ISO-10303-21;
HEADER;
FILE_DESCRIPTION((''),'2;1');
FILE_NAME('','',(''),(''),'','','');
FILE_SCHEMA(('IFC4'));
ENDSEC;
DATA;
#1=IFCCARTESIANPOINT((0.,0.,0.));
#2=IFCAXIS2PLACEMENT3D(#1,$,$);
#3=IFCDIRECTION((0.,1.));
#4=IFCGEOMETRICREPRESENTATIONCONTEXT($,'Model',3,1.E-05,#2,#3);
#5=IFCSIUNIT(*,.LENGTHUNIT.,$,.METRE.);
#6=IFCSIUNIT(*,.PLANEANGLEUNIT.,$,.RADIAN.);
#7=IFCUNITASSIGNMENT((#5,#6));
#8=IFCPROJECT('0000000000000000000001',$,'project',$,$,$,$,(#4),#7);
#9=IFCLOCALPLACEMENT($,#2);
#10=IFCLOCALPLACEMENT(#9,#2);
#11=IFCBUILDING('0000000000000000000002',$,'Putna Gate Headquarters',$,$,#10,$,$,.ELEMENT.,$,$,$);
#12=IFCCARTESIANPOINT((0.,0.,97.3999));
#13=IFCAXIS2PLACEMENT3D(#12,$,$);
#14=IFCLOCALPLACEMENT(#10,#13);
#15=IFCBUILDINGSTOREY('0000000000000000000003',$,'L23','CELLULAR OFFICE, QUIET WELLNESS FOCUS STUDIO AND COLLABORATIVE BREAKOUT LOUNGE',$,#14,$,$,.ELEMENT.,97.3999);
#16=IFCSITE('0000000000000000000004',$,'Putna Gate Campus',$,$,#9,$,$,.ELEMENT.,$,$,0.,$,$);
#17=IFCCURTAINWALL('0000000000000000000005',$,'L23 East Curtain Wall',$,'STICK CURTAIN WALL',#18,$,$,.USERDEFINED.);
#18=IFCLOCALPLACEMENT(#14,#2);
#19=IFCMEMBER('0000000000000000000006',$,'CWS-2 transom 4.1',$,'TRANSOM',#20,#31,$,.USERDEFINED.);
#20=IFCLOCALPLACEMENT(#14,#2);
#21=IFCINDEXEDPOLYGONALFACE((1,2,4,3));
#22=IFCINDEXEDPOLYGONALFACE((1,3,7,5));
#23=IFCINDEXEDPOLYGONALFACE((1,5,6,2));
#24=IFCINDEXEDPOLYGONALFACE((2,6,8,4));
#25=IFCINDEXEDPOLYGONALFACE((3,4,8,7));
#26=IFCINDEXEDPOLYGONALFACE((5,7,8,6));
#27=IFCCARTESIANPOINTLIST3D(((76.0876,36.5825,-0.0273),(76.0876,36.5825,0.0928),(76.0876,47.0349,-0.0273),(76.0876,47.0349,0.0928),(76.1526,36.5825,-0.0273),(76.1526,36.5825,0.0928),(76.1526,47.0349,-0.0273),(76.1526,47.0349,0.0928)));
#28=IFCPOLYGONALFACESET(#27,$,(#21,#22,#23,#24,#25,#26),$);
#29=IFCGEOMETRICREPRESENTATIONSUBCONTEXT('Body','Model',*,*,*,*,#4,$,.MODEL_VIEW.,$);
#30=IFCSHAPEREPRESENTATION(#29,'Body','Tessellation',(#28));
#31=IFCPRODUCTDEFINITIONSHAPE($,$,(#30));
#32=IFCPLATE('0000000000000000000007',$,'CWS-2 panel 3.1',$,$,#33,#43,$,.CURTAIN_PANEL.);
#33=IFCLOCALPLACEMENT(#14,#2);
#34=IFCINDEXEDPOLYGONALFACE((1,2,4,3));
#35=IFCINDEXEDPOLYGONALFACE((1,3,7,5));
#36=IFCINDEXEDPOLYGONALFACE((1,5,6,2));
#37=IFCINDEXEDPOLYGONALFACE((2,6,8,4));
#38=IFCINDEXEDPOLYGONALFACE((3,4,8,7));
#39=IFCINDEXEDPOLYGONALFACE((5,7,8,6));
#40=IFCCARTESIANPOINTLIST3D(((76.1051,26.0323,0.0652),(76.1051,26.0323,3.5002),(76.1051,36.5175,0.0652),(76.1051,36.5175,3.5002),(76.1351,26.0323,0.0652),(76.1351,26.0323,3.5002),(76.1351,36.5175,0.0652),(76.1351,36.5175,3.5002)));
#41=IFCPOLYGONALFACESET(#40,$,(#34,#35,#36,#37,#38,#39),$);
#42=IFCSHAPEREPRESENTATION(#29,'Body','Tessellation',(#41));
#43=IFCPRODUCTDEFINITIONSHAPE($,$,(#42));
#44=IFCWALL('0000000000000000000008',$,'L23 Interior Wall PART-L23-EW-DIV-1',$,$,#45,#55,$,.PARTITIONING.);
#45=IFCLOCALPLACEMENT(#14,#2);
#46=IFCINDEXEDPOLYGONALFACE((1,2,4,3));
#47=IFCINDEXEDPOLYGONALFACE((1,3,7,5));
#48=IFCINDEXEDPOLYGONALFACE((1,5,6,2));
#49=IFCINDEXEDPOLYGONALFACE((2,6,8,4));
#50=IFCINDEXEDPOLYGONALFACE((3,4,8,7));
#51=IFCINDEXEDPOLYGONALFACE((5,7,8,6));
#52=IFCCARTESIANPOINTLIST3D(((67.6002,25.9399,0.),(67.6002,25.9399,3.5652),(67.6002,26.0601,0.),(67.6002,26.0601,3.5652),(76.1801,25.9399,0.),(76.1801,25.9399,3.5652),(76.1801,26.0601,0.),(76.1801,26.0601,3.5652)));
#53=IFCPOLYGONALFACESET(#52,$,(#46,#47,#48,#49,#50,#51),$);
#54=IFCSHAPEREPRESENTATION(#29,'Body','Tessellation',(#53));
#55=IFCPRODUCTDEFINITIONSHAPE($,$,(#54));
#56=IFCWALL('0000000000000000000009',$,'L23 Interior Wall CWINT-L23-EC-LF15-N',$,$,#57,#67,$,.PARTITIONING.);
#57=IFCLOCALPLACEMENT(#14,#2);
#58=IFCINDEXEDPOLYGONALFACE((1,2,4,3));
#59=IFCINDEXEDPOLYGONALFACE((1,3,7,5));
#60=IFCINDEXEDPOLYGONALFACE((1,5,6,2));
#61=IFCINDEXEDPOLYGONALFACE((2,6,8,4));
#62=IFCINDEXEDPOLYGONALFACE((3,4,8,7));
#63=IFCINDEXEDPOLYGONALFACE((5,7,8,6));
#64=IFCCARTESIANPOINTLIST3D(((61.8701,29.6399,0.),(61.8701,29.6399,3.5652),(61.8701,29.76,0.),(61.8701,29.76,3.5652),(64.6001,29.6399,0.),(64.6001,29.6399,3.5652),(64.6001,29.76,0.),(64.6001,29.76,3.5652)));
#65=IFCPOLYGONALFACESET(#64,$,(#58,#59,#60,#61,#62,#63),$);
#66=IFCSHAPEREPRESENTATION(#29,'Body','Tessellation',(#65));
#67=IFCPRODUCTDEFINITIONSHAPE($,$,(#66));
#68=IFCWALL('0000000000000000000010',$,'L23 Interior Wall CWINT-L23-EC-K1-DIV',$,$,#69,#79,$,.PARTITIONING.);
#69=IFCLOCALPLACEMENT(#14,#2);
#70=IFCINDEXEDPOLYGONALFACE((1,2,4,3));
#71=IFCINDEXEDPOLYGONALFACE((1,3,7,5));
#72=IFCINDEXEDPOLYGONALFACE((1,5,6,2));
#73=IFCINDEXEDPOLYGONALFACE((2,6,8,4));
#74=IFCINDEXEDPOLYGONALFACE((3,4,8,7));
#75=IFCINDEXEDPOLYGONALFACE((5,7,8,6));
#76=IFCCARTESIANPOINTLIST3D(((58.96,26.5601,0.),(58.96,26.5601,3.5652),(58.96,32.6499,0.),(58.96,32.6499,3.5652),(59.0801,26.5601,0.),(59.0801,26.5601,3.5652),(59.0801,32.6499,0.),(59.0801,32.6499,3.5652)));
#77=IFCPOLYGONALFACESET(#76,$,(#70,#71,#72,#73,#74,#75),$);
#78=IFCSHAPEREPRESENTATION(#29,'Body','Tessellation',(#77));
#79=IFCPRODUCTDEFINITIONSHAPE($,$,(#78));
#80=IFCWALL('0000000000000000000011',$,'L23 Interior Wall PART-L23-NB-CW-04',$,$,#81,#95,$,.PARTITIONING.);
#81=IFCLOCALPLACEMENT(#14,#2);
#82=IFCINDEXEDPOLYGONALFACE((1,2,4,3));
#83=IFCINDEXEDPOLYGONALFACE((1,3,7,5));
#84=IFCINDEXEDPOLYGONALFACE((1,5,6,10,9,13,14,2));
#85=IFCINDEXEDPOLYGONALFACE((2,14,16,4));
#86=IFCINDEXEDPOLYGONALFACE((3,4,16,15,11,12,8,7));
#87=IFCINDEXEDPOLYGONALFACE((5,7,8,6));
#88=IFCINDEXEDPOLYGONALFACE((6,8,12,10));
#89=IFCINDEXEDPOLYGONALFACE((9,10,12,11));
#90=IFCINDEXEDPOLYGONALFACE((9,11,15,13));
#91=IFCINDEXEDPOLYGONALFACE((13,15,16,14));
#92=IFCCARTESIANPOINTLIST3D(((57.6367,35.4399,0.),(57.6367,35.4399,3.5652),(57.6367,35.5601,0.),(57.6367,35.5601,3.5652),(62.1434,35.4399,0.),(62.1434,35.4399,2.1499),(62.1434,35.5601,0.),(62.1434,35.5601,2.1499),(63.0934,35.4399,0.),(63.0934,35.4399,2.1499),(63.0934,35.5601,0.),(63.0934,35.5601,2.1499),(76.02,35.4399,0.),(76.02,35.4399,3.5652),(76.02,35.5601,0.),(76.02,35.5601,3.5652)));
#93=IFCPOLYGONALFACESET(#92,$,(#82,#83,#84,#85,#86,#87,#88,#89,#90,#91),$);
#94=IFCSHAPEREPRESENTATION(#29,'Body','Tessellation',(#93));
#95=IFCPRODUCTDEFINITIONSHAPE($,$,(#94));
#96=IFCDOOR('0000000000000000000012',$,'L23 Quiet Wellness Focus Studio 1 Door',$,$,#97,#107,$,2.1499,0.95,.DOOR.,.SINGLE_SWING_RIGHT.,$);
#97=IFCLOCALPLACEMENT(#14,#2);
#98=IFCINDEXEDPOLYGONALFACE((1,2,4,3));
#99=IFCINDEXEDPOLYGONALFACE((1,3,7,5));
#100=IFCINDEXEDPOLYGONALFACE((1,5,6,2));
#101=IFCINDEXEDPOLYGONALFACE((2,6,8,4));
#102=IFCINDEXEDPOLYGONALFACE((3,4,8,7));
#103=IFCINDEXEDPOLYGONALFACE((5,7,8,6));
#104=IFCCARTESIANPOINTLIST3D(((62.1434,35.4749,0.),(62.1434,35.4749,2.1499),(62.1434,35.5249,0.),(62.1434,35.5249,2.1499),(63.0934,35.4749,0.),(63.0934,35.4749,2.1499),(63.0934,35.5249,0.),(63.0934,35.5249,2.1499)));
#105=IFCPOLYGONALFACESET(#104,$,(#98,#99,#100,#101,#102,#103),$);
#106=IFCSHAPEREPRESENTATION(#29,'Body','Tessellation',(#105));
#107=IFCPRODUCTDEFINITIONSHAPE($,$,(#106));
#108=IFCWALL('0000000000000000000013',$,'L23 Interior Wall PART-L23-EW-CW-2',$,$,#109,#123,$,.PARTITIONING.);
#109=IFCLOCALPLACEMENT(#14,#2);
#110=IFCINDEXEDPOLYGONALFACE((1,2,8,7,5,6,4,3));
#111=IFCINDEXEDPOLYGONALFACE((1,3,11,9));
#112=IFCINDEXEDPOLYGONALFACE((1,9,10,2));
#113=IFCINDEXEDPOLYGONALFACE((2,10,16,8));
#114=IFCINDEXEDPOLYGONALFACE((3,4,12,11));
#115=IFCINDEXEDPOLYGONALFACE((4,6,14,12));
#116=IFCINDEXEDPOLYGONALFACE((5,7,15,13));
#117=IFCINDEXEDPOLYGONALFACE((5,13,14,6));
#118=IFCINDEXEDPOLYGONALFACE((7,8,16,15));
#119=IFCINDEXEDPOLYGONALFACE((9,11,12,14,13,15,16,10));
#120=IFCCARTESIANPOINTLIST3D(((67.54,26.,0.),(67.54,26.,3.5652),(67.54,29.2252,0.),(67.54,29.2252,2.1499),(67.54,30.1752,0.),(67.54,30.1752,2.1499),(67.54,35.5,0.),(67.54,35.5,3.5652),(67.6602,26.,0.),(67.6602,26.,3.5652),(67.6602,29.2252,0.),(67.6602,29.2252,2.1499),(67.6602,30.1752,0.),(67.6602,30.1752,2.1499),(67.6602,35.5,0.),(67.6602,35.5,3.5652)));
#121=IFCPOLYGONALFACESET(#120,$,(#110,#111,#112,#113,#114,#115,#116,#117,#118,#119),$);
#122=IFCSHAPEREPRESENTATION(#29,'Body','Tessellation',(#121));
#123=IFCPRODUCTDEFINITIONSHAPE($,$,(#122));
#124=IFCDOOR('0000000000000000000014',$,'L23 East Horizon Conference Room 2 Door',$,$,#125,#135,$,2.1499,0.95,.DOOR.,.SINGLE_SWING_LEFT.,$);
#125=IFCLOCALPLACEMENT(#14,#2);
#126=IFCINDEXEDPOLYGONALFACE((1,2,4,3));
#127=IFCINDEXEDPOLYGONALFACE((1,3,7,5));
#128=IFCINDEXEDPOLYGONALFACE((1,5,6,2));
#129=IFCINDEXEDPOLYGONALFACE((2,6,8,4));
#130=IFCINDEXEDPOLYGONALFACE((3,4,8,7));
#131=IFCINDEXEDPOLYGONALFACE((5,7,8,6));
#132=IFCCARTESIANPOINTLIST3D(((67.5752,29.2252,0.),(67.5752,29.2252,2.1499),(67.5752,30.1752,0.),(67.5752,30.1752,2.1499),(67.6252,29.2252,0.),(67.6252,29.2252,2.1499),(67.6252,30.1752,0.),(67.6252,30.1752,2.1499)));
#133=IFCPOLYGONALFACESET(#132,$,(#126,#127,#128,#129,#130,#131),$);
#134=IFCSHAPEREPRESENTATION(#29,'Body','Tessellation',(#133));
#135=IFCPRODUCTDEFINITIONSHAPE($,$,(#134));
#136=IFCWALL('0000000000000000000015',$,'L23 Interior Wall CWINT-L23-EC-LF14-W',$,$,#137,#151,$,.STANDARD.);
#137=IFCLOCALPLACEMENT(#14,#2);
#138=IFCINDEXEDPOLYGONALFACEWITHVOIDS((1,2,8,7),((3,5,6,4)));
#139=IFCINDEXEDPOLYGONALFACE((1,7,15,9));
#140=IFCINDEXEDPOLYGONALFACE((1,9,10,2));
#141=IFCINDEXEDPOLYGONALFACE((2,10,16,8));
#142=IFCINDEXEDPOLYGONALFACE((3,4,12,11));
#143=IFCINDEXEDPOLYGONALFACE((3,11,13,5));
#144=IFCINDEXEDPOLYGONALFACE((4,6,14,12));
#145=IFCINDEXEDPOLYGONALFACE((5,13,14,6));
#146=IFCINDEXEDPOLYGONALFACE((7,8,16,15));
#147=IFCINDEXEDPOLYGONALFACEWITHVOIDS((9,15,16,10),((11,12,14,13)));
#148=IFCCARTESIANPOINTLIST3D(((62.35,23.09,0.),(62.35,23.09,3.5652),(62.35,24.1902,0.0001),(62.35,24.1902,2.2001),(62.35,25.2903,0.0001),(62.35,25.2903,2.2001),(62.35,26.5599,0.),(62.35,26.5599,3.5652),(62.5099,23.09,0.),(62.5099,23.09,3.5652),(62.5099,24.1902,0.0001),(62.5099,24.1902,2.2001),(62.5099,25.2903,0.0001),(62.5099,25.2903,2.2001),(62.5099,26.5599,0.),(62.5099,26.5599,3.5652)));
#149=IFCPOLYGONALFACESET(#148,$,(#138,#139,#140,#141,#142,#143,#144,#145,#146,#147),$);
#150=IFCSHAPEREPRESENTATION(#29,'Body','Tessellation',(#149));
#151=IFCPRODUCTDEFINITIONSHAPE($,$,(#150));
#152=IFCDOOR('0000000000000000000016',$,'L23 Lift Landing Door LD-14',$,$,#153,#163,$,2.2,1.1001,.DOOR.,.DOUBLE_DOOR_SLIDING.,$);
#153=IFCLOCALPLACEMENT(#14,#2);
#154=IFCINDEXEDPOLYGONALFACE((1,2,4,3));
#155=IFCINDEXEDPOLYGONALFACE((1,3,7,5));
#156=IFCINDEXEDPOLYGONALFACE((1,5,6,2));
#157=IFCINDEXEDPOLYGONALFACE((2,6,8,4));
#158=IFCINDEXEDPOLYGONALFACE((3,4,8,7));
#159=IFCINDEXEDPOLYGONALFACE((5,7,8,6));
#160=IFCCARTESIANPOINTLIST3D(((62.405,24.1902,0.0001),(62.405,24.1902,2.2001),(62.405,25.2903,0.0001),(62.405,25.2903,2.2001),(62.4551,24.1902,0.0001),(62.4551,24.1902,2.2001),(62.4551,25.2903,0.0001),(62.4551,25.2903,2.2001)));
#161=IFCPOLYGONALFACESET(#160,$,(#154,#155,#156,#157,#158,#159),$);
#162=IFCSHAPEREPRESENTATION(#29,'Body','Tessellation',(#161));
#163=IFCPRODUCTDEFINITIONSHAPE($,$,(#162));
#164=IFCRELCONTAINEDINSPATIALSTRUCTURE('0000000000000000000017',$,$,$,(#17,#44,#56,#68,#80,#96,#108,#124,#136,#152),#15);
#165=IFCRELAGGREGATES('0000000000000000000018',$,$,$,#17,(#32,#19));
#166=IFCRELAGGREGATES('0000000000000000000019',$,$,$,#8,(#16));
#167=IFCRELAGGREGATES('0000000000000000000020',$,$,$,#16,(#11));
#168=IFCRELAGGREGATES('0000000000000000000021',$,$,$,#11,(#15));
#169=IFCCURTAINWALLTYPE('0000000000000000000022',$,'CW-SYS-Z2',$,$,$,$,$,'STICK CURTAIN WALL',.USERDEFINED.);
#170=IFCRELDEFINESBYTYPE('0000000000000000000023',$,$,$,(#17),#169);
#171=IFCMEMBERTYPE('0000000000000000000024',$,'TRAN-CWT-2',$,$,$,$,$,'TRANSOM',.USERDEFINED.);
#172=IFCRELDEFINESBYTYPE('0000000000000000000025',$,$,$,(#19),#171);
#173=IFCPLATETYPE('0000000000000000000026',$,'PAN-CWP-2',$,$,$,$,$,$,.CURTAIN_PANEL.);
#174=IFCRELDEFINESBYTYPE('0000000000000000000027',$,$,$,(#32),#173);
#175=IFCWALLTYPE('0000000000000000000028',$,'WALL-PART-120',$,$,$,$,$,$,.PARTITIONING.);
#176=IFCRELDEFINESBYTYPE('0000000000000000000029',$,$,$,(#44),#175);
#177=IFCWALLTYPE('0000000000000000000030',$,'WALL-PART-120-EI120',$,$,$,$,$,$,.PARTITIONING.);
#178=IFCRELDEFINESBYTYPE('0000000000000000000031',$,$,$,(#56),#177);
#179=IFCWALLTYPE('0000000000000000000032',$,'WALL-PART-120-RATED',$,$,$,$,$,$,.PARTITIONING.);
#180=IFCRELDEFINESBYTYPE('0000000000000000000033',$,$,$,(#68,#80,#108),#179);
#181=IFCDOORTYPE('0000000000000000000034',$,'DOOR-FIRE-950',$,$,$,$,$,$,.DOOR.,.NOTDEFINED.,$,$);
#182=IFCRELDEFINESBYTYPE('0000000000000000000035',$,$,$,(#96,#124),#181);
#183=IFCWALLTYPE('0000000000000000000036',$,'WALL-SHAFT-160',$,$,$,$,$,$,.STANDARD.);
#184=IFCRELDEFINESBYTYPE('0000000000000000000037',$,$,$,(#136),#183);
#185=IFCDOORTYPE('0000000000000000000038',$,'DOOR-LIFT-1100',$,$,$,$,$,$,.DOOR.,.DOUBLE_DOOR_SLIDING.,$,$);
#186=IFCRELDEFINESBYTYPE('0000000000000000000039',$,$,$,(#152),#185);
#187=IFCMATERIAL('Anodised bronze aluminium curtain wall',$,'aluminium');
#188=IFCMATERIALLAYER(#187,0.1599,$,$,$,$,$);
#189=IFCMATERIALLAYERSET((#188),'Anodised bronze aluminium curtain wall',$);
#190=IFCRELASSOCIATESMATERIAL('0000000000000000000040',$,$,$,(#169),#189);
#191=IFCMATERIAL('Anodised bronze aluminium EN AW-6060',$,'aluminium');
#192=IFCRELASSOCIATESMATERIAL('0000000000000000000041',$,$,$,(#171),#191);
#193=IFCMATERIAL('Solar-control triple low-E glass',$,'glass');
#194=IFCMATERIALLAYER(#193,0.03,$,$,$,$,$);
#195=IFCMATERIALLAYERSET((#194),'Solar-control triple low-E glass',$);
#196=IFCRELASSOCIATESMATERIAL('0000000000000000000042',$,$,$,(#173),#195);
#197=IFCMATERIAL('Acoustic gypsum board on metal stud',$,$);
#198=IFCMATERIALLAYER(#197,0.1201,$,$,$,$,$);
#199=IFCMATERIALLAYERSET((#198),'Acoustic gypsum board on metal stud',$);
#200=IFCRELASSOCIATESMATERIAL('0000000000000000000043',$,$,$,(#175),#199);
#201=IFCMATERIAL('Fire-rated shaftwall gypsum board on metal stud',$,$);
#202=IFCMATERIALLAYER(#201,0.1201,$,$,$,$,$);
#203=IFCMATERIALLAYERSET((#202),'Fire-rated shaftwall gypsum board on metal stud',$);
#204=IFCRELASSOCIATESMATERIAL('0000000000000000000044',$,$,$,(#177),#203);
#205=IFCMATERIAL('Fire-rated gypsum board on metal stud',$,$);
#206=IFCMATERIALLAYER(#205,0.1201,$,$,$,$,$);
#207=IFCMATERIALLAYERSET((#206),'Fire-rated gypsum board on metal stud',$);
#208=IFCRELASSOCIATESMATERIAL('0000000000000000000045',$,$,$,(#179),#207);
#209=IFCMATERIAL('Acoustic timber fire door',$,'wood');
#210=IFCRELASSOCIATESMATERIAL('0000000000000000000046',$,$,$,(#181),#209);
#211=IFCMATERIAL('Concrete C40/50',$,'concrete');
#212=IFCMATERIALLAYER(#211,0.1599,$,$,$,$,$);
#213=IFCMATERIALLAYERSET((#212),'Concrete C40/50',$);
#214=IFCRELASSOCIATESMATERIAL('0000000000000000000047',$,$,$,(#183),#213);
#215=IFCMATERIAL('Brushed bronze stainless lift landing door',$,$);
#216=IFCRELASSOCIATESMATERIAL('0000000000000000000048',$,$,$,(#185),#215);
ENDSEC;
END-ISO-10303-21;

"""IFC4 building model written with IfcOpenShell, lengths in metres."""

from ifc_helpers import new_model, si_unit, direction, frame, frame_2d, origin, origin_2d, place, context, subcontext, project, spatial, rectangle, extrude, material, layer, layer_set, material_profile, profile_set, type_object, element, fill, aggregate, save


model = new_model("IFC4")

# Units and contexts
model_context = context("Model", 3, precision=1e-05, world=origin(), true_north=direction((0.0, 1.0)))
body_context = subcontext(model_context, "Body", "Model", "MODEL_VIEW")
ifc_project = project(units=[si_unit("LENGTHUNIT", "METRE"), si_unit("PLANEANGLEUNIT", "RADIAN")], contexts=[model_context])

# Site, building, storey
site_placement = place(None, origin())
site = spatial("IfcSite", under=ifc_project, at=site_placement, Name="Putna Gate Campus", CompositionType="ELEMENT", RefElevation=0.0)
building_placement = place(site_placement, origin())
building = spatial("IfcBuilding", under=site, at=building_placement, Name="Putna Gate Headquarters", CompositionType="ELEMENT")
storey_placement = place(building_placement, frame((0.0, 0.0, 97.3999)))
storey = spatial("IfcBuildingStorey", under=building, at=storey_placement, Name="L23", Description="CELLULAR OFFICE, QUIET WELLNESS FOCUS STUDIO AND COLLABORATIVE BREAKOUT LOUNGE", CompositionType="ELEMENT", Elevation=97.3999)

# Curtain wall, member, plate
ifc_material_1 = material(Name="Anodised bronze aluminium curtain wall", Category="aluminium")
ifc_layer_1 = layer(ifc_material_1, 0.1599)
ifc_layer_set_1 = layer_set([ifc_layer_1], Name="Anodised bronze aluminium curtain wall")
curtain_wall_type = type_object("IfcCurtainWallType", Name="CW-SYS-Z2", ElementType="STICK CURTAIN WALL", PredefinedType="USERDEFINED", material=ifc_layer_set_1)
curtain_wall_placement = place(storey_placement, origin())
curtain_wall = element("IfcCurtainWall", 1, at=curtain_wall_placement, inside=storey, type_object=curtain_wall_type, Name="L23 East Curtain Wall", ObjectType="STICK CURTAIN WALL", PredefinedType="USERDEFINED")
ifc_material_2 = material(Name="Anodised bronze aluminium EN AW-6060", Category="aluminium")
ifc_material_profile_1 = material_profile(ifc_material_2, rectangle(XDim=0.0649, YDim=0.1201, at=origin_2d()), Name="Anodised bronze aluminium EN AW-6060")
ifc_profile_set_1 = profile_set([ifc_material_profile_1], Name="Anodised bronze aluminium EN AW-6060")
member_type_1 = type_object("IfcMemberType", Name="TRAN-CWT-2", ElementType="TRANSOM", PredefinedType="USERDEFINED", material=ifc_profile_set_1)
member_1_placement = place(storey_placement, frame((76.1201, 36.5825, 0.0327), z_axis=(0.0, 1.0, 0.0), x_axis=(-1.0, 0.0, 0.0)))
member_1 = element("IfcMember", 2, at=member_1_placement, type_object=member_type_1, Name="CWS-2 transom 4.1", ObjectType="TRANSOM", PredefinedType="USERDEFINED", context=body_context, shape_type="SweptSolid", body=[
    extrude(rectangle(XDim=0.0649, YDim=0.1201, at=origin_2d()), origin(), (0.0, 0.0, 1.0), 10.4524),
])
ifc_material_3 = material(Name="Solar-control triple low-E glass", Category="glass")
ifc_layer_2 = layer(ifc_material_3, 0.03)
ifc_layer_set_2 = layer_set([ifc_layer_2], Name="Solar-control triple low-E glass")
plate_type = type_object("IfcPlateType", Name="PAN-CWP-2", PredefinedType="CURTAIN_PANEL", material=ifc_layer_set_2)
plate_placement = place(storey_placement, frame((76.1201, 31.2749, 0.0652), z_axis=(0.0, 0.0, 1.0), x_axis=(0.0, 1.0, 0.0)))
plate = element("IfcPlate", 3, at=plate_placement, type_object=plate_type, Name="CWS-2 panel 3.1", PredefinedType="CURTAIN_PANEL", context=body_context, shape_type="SweptSolid", body=[
    extrude(rectangle(XDim=10.4851, YDim=0.03, at=origin_2d()), origin(), (0.0, 0.0, 1.0), 3.4351),
])
aggregate(curtain_wall, [plate, member_1])

# Walls
ifc_material_4 = material(Name="Acoustic gypsum board on metal stud")
ifc_layer_3 = layer(ifc_material_4, 0.1201)
ifc_layer_set_3 = layer_set([ifc_layer_3], Name="Acoustic gypsum board on metal stud")
wall_type_1 = type_object("IfcWallType", Name="WALL-PART-120", PredefinedType="PARTITIONING", material=ifc_layer_set_3)
wall_1_placement = place(storey_placement, frame((67.6001, 26.0, 0.0), z_axis=(0.0, 0.0, 1.0), x_axis=(1.0, 0.0, 0.0)))
element("IfcWall", 4, at=wall_1_placement, inside=storey, type_object=wall_type_1, Name="L23 Interior Wall PART-L23-EW-DIV-1", PredefinedType="PARTITIONING", context=body_context, shape_type="SweptSolid", body=[
    extrude(rectangle(XDim=8.5798, YDim=0.1201, at=frame_2d((4.29, 0.0))), origin(), (0.0, 0.0, 1.0), 3.5652),
])
ifc_material_5 = material(Name="Fire-rated shaftwall gypsum board on metal stud")
ifc_layer_4 = layer(ifc_material_5, 0.1201)
ifc_layer_set_4 = layer_set([ifc_layer_4], Name="Fire-rated shaftwall gypsum board on metal stud")
wall_type_2 = type_object("IfcWallType", Name="WALL-PART-120-EI120", PredefinedType="PARTITIONING", material=ifc_layer_set_4)
wall_2_placement = place(storey_placement, frame((61.8701, 29.7, 0.0), z_axis=(0.0, 0.0, 1.0), x_axis=(1.0, 0.0, 0.0)))
element("IfcWall", 5, at=wall_2_placement, inside=storey, type_object=wall_type_2, Name="L23 Interior Wall CWINT-L23-EC-LF15-N", PredefinedType="PARTITIONING", context=body_context, shape_type="SweptSolid", body=[
    extrude(rectangle(XDim=2.73, YDim=0.1201, at=frame_2d((1.365, 0.0))), origin(), (0.0, 0.0, 1.0), 3.5652),
])
ifc_material_6 = material(Name="Fire-rated gypsum board on metal stud")
ifc_layer_5 = layer(ifc_material_6, 0.1201)
ifc_layer_set_5 = layer_set([ifc_layer_5], Name="Fire-rated gypsum board on metal stud")
wall_type_3 = type_object("IfcWallType", Name="WALL-PART-120-RATED", PredefinedType="PARTITIONING", material=ifc_layer_set_5)
wall_3_placement = place(storey_placement, frame((59.02, 26.5601, 0.0), z_axis=(0.0, 0.0, 1.0), x_axis=(0.0, 1.0, 0.0)))
element("IfcWall", 6, at=wall_3_placement, inside=storey, type_object=wall_type_3, Name="L23 Interior Wall CWINT-L23-EC-K1-DIV", PredefinedType="PARTITIONING", context=body_context, shape_type="SweptSolid", body=[
    extrude(rectangle(XDim=6.0898, YDim=0.1201, at=frame_2d((3.0449, 0.0))), origin(), (0.0, 0.0, 1.0), 3.5652),
])

# Walls, openings, doors
wall_4_placement = place(storey_placement, frame((57.6367, 35.5, 0.0), z_axis=(0.0, 0.0, 1.0), x_axis=(1.0, 0.0, 0.0)))
wall_4 = element("IfcWall", 7, at=wall_4_placement, inside=storey, type_object=wall_type_3, Name="L23 Interior Wall PART-L23-NB-CW-04", PredefinedType="PARTITIONING", context=body_context, shape_type="SweptSolid", body=[
    extrude(rectangle(XDim=18.3833, YDim=0.1201, at=frame_2d((9.1917, 0.0))), origin(), (0.0, 0.0, 1.0), 3.5652),
])
opening_1_placement = place(wall_4_placement, frame((4.5066, 0.0, 0.0)))
opening_1 = element("IfcOpeningElement", 8, at=opening_1_placement, cuts=wall_4, PredefinedType="OPENING", context=body_context, shape_type="SweptSolid", body=[
    extrude(rectangle(XDim=0.95, YDim=2.1499, at=frame_2d((0.4751, 1.075))), frame((0.0, 0.0701, 0.0), z_axis=(0.0, -1.0, 0.0), x_axis=(1.0, 0.0, 0.0)), (0.0, 0.0, 1.0), 0.1401),
])
ifc_material_7 = material(Name="Acoustic timber fire door", Category="wood")
door_type_1 = type_object("IfcDoorType", Name="DOOR-FIRE-950", OperationType="NOTDEFINED", PredefinedType="DOOR", material=ifc_material_7)
door_1_placement = place(opening_1_placement, origin())
door_1 = element("IfcDoor", 9, at=door_1_placement, inside=storey, type_object=door_type_1, Name="L23 Quiet Wellness Focus Studio 1 Door", OperationType="SINGLE_SWING_RIGHT", OverallHeight=2.1499, OverallWidth=0.95, PredefinedType="DOOR", context=body_context, shape_type="SweptSolid", body=[
    extrude(rectangle(XDim=0.95, YDim=2.1499, at=frame_2d((0.4751, 1.075))), frame((0.0, 0.0249, 0.0), z_axis=(0.0, -1.0, 0.0), x_axis=(1.0, 0.0, 0.0)), (0.0, 0.0, 1.0), 0.05),
])
fill(opening_1, door_1)
wall_5_placement = place(storey_placement, frame((67.6001, 26.0, 0.0), z_axis=(0.0, 0.0, 1.0), x_axis=(0.0, 1.0, 0.0)))
wall_5 = element("IfcWall", 10, at=wall_5_placement, inside=storey, type_object=wall_type_3, Name="L23 Interior Wall PART-L23-EW-CW-2", PredefinedType="PARTITIONING", context=body_context, shape_type="SweptSolid", body=[
    extrude(rectangle(XDim=9.5, YDim=0.1201, at=frame_2d((4.75, 0.0))), origin(), (0.0, 0.0, 1.0), 3.5652),
])
opening_2_placement = place(wall_5_placement, frame((3.2251, 0.0, 0.0)))
opening_2 = element("IfcOpeningElement", 11, at=opening_2_placement, cuts=wall_5, PredefinedType="OPENING", context=body_context, shape_type="SweptSolid", body=[
    extrude(rectangle(XDim=0.95, YDim=2.1499, at=frame_2d((0.4751, 1.075))), frame((0.0, 0.0701, 0.0), z_axis=(0.0, -1.0, 0.0), x_axis=(1.0, 0.0, 0.0)), (0.0, 0.0, 1.0), 0.1401),
])
door_2_placement = place(opening_2_placement, origin())
door_2 = element("IfcDoor", 12, at=door_2_placement, inside=storey, type_object=door_type_1, Name="L23 East Horizon Conference Room 2 Door", OperationType="SINGLE_SWING_LEFT", OverallHeight=2.1499, OverallWidth=0.95, PredefinedType="DOOR", context=body_context, shape_type="SweptSolid", body=[
    extrude(rectangle(XDim=0.95, YDim=2.1499, at=frame_2d((0.4751, 1.075))), frame((0.0, 0.0249, 0.0), z_axis=(0.0, -1.0, 0.0), x_axis=(1.0, 0.0, 0.0)), (0.0, 0.0, 1.0), 0.05),
])
fill(opening_2, door_2)
ifc_material_8 = material(Name="Concrete C40/50", Category="concrete")
ifc_layer_6 = layer(ifc_material_8, 0.1599)
ifc_layer_set_6 = layer_set([ifc_layer_6], Name="Concrete C40/50")
wall_type_4 = type_object("IfcWallType", Name="WALL-SHAFT-160", PredefinedType="STANDARD", material=ifc_layer_set_6)
wall_6_placement = place(storey_placement, frame((62.4299, 23.0901, 0.0), z_axis=(0.0, 0.0, 1.0), x_axis=(0.0, 1.0, 0.0)))
wall_6 = element("IfcWall", 13, at=wall_6_placement, inside=storey, type_object=wall_type_4, Name="L23 Interior Wall CWINT-L23-EC-LF14-W", PredefinedType="STANDARD", context=body_context, shape_type="SweptSolid", body=[
    extrude(rectangle(XDim=3.47, YDim=0.1599, at=frame_2d((1.7349, 0.0))), origin(), (0.0, 0.0, 1.0), 3.5652),
])
opening_3_placement = place(wall_6_placement, frame((1.1001, 0.0, 0.0)))
opening_3 = element("IfcOpeningElement", 14, at=opening_3_placement, cuts=wall_6, PredefinedType="OPENING", context=body_context, shape_type="SweptSolid", body=[
    extrude(rectangle(XDim=1.1001, YDim=2.2, at=frame_2d((0.55, 1.1001))), frame((0.0, 0.0898, 0.0), z_axis=(0.0, -1.0, 0.0), x_axis=(1.0, 0.0, 0.0)), (0.0, 0.0, 1.0), 0.1799),
])
ifc_material_9 = material(Name="Brushed bronze stainless lift landing door")
door_type_2 = type_object("IfcDoorType", Name="DOOR-LIFT-1100", OperationType="DOUBLE_DOOR_SLIDING", PredefinedType="DOOR", material=ifc_material_9)
door_3_placement = place(opening_3_placement, origin())
door_3 = element("IfcDoor", 15, at=door_3_placement, inside=storey, type_object=door_type_2, Name="L23 Lift Landing Door LD-14", OperationType="DOUBLE_DOOR_SLIDING", OverallHeight=2.2, OverallWidth=1.1001, PredefinedType="DOOR", context=body_context, shape_type="SweptSolid", body=[
    extrude(rectangle(XDim=1.1001, YDim=2.2, at=frame_2d((0.55, 1.1001))), frame((0.0, 0.0249, 0.0), z_axis=(0.0, -1.0, 0.0), x_axis=(1.0, 0.0, 0.0)), (0.0, 0.0, 1.0), 0.05),
])
fill(opening_3, door_3)

save(model, "model.ifc")
